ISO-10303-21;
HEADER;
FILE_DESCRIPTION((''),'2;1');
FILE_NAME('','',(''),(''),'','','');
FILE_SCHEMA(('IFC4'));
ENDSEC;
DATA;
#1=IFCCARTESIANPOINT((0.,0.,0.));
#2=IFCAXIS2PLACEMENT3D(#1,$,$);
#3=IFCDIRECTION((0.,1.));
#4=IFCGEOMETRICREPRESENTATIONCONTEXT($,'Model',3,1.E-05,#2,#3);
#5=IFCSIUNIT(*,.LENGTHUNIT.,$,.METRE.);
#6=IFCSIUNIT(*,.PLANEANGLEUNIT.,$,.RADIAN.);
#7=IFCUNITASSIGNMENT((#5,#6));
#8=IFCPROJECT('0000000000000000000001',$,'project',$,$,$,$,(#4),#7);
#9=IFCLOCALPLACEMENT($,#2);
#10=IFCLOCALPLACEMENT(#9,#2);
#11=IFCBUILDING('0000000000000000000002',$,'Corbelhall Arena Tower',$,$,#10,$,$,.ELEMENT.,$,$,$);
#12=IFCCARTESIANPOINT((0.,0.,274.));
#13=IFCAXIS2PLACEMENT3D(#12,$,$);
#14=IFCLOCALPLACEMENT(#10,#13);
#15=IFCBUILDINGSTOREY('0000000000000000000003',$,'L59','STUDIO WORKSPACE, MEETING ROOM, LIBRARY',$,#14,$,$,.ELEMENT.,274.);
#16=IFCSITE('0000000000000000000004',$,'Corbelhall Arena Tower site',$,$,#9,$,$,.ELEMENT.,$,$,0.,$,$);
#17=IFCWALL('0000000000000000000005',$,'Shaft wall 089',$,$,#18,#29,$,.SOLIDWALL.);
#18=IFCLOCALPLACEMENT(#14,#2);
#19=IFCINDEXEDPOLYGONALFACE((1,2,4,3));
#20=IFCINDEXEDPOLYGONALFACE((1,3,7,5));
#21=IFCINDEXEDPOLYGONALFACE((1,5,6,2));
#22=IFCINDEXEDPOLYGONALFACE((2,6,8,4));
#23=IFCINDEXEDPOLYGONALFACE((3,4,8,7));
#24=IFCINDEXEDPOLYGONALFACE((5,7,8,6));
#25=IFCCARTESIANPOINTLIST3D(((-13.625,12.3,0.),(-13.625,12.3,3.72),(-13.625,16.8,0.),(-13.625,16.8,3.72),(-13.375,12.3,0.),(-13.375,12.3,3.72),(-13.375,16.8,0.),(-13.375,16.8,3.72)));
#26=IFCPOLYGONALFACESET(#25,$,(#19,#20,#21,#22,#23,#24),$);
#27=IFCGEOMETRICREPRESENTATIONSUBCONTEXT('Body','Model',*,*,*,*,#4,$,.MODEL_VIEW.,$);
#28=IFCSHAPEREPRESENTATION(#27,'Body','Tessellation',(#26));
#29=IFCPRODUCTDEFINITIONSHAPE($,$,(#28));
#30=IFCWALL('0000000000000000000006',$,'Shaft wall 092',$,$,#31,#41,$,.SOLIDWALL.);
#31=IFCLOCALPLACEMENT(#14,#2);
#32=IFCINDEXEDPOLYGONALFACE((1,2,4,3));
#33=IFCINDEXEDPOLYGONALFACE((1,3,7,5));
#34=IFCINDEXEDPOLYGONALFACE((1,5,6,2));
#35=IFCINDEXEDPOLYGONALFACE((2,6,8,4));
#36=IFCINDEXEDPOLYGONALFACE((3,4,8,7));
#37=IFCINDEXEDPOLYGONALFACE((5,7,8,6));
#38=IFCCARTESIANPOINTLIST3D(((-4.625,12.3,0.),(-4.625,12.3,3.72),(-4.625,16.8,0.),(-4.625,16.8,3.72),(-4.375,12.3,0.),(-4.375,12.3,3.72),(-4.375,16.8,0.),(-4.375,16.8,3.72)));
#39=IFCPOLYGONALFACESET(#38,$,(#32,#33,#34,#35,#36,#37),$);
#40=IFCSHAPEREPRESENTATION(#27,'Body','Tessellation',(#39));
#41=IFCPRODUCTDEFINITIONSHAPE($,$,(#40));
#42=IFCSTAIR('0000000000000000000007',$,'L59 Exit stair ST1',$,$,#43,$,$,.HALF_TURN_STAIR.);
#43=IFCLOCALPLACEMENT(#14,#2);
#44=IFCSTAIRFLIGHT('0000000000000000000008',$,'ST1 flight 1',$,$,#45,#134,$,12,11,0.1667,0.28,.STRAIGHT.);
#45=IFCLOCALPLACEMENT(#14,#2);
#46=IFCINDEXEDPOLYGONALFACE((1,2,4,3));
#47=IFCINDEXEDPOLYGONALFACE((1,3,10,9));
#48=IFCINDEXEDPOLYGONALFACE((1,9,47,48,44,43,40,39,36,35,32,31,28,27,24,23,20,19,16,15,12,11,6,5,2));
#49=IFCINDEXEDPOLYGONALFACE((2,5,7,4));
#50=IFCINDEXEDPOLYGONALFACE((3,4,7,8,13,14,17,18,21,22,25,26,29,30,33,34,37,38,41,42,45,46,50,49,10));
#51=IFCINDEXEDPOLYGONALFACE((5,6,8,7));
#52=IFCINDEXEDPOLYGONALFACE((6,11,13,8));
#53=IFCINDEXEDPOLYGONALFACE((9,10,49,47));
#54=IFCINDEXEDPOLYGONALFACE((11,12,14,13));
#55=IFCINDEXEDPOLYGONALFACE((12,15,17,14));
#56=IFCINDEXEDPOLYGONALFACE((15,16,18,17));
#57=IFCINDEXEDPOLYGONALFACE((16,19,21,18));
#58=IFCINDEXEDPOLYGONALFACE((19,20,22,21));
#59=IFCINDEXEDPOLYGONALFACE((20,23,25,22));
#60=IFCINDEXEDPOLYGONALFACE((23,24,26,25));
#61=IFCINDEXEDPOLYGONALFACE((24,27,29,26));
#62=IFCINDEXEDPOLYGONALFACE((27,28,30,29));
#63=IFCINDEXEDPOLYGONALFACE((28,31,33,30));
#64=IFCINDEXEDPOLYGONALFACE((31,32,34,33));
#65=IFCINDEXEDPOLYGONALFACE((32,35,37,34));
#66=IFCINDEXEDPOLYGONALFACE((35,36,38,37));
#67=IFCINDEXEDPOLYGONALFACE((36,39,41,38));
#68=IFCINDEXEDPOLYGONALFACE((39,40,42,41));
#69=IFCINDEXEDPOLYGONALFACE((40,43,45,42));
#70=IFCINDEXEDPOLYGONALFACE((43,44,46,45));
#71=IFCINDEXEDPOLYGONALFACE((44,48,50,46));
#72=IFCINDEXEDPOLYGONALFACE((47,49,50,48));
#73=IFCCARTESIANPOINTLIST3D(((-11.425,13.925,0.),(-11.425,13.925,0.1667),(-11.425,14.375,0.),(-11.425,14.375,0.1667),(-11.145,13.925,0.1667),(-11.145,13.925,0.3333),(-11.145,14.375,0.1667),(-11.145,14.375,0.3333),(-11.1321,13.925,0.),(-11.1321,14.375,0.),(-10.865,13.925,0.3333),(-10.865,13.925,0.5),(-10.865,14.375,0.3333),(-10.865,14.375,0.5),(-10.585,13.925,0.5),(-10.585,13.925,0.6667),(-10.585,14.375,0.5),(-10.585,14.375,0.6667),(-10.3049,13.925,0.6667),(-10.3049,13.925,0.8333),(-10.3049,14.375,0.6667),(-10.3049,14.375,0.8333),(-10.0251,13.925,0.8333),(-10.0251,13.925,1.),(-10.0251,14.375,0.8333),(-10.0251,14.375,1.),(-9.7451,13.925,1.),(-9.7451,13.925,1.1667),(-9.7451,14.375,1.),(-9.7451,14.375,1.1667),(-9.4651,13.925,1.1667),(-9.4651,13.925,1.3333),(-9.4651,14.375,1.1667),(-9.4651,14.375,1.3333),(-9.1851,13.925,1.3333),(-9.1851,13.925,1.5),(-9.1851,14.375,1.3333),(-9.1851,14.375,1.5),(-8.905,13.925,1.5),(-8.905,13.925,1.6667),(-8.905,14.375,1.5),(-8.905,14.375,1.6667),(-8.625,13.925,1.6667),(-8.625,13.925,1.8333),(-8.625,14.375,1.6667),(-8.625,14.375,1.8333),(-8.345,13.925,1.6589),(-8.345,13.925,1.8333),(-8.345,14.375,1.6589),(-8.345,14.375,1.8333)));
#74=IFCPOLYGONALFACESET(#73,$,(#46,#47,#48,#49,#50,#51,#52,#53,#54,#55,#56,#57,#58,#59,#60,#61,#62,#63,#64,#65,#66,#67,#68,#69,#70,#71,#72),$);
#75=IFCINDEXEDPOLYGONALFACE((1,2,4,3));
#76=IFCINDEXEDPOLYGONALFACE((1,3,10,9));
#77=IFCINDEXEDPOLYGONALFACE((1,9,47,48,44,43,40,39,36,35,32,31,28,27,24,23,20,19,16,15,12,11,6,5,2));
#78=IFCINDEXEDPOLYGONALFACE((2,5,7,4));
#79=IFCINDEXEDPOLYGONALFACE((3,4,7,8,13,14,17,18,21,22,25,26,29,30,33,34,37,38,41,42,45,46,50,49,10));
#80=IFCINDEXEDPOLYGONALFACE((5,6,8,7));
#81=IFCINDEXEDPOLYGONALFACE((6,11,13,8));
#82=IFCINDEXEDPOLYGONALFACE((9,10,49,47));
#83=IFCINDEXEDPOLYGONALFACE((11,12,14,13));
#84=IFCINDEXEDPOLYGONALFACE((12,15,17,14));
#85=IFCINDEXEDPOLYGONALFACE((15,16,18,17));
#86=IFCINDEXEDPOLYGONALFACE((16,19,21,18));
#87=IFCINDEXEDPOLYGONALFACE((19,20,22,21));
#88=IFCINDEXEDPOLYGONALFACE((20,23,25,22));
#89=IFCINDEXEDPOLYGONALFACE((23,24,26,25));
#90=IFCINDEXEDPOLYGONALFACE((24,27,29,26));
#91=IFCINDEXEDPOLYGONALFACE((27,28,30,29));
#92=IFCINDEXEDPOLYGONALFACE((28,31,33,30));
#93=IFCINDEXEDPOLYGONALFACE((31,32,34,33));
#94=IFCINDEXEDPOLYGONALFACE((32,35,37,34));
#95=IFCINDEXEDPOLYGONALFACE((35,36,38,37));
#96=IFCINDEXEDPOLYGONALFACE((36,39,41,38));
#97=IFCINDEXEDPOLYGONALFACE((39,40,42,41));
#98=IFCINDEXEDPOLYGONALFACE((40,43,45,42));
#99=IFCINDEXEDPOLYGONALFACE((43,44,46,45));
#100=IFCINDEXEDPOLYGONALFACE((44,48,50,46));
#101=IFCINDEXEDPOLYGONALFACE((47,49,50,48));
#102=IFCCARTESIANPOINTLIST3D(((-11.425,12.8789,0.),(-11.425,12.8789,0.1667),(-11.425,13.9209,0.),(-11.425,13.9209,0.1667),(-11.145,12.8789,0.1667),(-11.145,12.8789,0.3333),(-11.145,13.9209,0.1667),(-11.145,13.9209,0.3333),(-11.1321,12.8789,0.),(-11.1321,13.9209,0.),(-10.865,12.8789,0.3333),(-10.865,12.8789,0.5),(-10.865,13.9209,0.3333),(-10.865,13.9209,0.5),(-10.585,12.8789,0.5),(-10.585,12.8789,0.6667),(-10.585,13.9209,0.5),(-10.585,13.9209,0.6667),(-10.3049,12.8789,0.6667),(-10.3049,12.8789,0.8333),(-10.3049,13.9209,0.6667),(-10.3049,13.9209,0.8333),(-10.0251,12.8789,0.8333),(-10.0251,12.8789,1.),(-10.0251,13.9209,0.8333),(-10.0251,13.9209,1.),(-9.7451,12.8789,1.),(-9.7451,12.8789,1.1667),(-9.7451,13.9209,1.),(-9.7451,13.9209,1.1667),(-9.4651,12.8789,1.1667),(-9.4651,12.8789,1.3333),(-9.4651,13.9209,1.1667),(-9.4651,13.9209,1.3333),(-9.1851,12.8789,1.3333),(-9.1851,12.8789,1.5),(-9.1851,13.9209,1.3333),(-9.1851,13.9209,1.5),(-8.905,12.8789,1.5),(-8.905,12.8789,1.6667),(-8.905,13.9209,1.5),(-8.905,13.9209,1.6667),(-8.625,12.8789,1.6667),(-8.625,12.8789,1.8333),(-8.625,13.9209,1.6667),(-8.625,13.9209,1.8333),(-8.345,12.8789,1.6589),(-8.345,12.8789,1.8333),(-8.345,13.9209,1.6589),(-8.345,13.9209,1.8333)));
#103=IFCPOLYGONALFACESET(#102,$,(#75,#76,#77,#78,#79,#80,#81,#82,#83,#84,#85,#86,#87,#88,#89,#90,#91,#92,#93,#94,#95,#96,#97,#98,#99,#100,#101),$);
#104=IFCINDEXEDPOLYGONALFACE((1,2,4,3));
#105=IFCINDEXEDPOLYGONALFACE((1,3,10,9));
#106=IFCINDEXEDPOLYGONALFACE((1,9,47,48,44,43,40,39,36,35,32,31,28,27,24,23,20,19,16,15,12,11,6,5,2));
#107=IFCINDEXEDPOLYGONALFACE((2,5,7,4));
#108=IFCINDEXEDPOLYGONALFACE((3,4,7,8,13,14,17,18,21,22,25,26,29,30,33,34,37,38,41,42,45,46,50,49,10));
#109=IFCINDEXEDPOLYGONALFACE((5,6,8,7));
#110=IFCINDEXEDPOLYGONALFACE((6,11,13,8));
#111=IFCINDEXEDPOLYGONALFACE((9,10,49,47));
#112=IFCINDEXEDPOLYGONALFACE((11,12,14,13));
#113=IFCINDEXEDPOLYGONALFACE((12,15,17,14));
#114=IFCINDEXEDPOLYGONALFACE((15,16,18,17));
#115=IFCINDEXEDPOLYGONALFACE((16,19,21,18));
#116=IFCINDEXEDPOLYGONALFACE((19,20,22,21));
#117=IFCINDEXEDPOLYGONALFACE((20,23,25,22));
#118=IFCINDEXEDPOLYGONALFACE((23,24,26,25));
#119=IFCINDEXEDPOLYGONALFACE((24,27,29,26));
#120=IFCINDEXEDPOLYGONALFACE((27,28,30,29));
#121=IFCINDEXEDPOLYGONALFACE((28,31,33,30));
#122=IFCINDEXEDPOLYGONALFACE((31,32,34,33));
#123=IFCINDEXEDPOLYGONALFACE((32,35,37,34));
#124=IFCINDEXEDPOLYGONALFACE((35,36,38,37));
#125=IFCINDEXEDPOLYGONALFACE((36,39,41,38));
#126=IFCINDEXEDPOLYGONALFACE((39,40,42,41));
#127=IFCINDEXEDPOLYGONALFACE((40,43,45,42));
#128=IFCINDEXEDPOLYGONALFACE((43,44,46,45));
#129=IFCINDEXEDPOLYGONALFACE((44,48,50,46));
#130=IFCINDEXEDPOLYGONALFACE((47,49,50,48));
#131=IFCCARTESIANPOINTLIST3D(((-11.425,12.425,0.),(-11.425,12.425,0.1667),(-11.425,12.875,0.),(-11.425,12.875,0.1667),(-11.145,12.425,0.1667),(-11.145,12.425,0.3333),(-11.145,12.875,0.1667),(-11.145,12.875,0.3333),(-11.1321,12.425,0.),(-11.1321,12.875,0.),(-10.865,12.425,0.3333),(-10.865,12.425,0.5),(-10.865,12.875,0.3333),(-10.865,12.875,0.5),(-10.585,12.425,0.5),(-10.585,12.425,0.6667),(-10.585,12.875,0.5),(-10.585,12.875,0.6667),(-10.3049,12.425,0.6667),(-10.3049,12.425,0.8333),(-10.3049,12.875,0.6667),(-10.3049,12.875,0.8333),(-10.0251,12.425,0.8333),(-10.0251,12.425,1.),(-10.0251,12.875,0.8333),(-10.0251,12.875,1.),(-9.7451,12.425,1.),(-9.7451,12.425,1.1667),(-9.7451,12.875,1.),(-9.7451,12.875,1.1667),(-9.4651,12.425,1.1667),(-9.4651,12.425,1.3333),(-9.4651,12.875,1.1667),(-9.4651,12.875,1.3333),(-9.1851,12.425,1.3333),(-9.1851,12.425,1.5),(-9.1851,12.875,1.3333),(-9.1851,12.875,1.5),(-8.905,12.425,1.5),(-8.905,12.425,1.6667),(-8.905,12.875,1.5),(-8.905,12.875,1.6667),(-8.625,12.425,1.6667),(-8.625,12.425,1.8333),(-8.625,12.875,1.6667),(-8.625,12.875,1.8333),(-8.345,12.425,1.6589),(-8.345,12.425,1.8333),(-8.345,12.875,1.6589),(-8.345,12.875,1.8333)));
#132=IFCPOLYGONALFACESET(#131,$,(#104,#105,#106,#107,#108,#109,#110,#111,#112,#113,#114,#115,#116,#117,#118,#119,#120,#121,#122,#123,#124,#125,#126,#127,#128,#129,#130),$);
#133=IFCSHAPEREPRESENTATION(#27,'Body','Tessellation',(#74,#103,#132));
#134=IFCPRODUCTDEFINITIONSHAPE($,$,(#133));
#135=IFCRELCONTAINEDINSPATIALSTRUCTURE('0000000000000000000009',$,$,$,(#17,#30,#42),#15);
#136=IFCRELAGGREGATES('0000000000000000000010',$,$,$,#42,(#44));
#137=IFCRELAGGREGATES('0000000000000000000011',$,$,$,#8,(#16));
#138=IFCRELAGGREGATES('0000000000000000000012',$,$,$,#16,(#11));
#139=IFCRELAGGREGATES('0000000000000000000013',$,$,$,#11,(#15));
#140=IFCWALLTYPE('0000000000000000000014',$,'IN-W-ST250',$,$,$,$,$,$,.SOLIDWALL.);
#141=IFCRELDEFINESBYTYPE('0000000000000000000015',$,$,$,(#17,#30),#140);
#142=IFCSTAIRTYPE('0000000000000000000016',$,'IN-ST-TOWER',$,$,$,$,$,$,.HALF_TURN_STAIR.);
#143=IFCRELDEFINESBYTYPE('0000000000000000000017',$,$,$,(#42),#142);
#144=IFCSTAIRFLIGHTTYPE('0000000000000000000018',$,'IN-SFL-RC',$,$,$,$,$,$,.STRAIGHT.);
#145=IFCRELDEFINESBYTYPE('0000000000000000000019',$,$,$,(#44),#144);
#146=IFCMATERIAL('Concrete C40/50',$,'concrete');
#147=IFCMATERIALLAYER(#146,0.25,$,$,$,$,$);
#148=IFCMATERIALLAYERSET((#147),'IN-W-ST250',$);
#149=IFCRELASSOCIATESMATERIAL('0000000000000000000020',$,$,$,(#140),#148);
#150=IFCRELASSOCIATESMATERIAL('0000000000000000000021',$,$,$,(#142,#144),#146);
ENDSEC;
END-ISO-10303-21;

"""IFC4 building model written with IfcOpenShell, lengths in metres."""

from ifc_helpers import new_model, si_unit, direction, frame, frame_2d, origin, place, context, subcontext, project, spatial, polyline, rectangle, outline, extrude, material, layer, layer_set, type_object, element, aggregate, save


model = new_model("IFC4")

# Units and contexts
model_context = context("Model", 3, precision=1e-05, world=origin(), true_north=direction((0.0, 1.0)))
body_context = subcontext(model_context, "Body", "Model", "MODEL_VIEW")
ifc_project = project(units=[si_unit("LENGTHUNIT", "METRE"), si_unit("PLANEANGLEUNIT", "RADIAN")], contexts=[model_context])

# Site, building, storey
site_placement = place(None, origin())
site = spatial("IfcSite", under=ifc_project, at=site_placement, Name="Corbelhall Arena Tower site", CompositionType="ELEMENT", RefElevation=0.0)
building_placement = place(site_placement, origin())
building = spatial("IfcBuilding", under=site, at=building_placement, Name="Corbelhall Arena Tower", CompositionType="ELEMENT")
storey_placement = place(building_placement, frame((0.0, 0.0, 274.0)))
storey = spatial("IfcBuildingStorey", under=building, at=storey_placement, Name="L59", Description="STUDIO WORKSPACE, MEETING ROOM, LIBRARY", CompositionType="ELEMENT", Elevation=274.0)

# Walls
ifc_material_1 = material(Name="Concrete C40/50", Category="concrete")
ifc_layer_1 = layer(ifc_material_1, 0.25)
ifc_layer_set_1 = layer_set([ifc_layer_1], Name="IN-W-ST250")
wall_type_1 = type_object("IfcWallType", Name="IN-W-ST250", PredefinedType="SOLIDWALL", material=ifc_layer_set_1)
for number, where, z_axis, x_axis, name in (
    (1, (-13.5, 12.3, 0.0), (0.0, 0.0, 1.0), (0.0, 1.0, 0.0), "Shaft wall 089"),
    (2, (-4.5, 16.8, 0.0), (0.0, 0.0, 1.0), (0.0, -1.0, 0.0), "Shaft wall 092"),
):
    element("IfcWall", number, at=place(storey_placement, frame(where, z_axis=z_axis, x_axis=x_axis)), inside=storey, type_object=wall_type_1, Name=name, PredefinedType="SOLIDWALL", context=body_context, shape_type="SweptSolid", body=[
        extrude(rectangle(XDim=4.5, YDim=0.25, at=frame_2d((2.25, 0.0))), origin(), (0.0, 0.0, 1.0), 3.72),
    ])

# Stair, stair flight
stair_type = type_object("IfcStairType", Name="IN-ST-TOWER", PredefinedType="HALF_TURN_STAIR", material=ifc_material_1)
stair_placement = place(storey_placement, origin())
stair = element("IfcStair", 3, at=stair_placement, inside=storey, type_object=stair_type, Name="L59 Exit stair ST1", PredefinedType="HALF_TURN_STAIR")
stair_flight_type = type_object("IfcStairFlightType", Name="IN-SFL-RC", PredefinedType="STRAIGHT", material=ifc_material_1)
stair_flight_1_placement = place(storey_placement, frame((-11.425, 13.3999, 0.0), z_axis=(0.0, 0.0, 1.0), x_axis=(1.0, 0.0, 0.0)))
stair_flight_1 = element("IfcStairFlight", 4, at=stair_flight_1_placement, type_object=stair_flight_type, Name="ST1 flight 1", NumberOfRisers=12, NumberOfTreads=11, PredefinedType="STRAIGHT", RiserHeight=0.1667, TreadLength=0.28, context=body_context, shape_type="SweptSolid", body=[
    extrude(outline(polyline([(0.0, 0.0), (0.0, 0.1667), (0.28, 0.1667), (0.28, 0.3333), (0.5601, 0.3333), (0.5601, 0.5), (0.8401, 0.5), (0.8401, 0.6667), (1.1201, 0.6667), (1.1201, 0.8333), (1.3999, 0.8333), (1.3999, 1.0), (1.6799, 1.0), (1.6799, 1.1667), (1.96, 1.1667), (1.96, 1.3333), (2.24, 1.3333), (2.24, 1.5), (2.52, 1.5), (2.52, 1.6667), (2.8, 1.6667), (2.8, 1.8333), (3.0801, 1.8333), (3.0801, 2.0), (3.0801, 1.6589), (0.293, 0.0), (0.0, 0.0)])), frame((0.0, 0.9751, 0.0), z_axis=(0.0, -1.0, 0.0), x_axis=(1.0, 0.0, 0.0)), (0.0, 0.0, 1.0), 0.45),
    extrude(outline(polyline([(0.0, 0.0), (0.0, 0.1667), (0.28, 0.1667), (0.28, 0.3333), (0.5601, 0.3333), (0.5601, 0.5), (0.8401, 0.5), (0.8401, 0.6667), (1.1201, 0.6667), (1.1201, 0.8333), (1.3999, 0.8333), (1.3999, 1.0), (1.6799, 1.0), (1.6799, 1.1667), (1.96, 1.1667), (1.96, 1.3333), (2.24, 1.3333), (2.24, 1.5), (2.52, 1.5), (2.52, 1.6667), (2.8, 1.6667), (2.8, 1.8333), (3.0801, 1.8333), (3.0801, 2.0), (3.0801, 1.6589), (0.293, 0.0), (0.0, 0.0)])), frame((0.0, 0.521, 0.0), z_axis=(0.0, -1.0, 0.0), x_axis=(1.0, 0.0, 0.0)), (0.0, 0.0, 1.0), 1.042),
    extrude(outline(polyline([(0.0, 0.0), (0.0, 0.1667), (0.28, 0.1667), (0.28, 0.3333), (0.5601, 0.3333), (0.5601, 0.5), (0.8401, 0.5), (0.8401, 0.6667), (1.1201, 0.6667), (1.1201, 0.8333), (1.3999, 0.8333), (1.3999, 1.0), (1.6799, 1.0), (1.6799, 1.1667), (1.96, 1.1667), (1.96, 1.3333), (2.24, 1.3333), (2.24, 1.5), (2.52, 1.5), (2.52, 1.6667), (2.8, 1.6667), (2.8, 1.8333), (3.0801, 1.8333), (3.0801, 2.0), (3.0801, 1.6589), (0.293, 0.0), (0.0, 0.0)])), frame((0.0, -0.5249, 0.0), z_axis=(0.0, -1.0, 0.0), x_axis=(1.0, 0.0, 0.0)), (0.0, 0.0, 1.0), 0.45),
])
aggregate(stair, [stair_flight_1])

save(model, "model.ifc")
